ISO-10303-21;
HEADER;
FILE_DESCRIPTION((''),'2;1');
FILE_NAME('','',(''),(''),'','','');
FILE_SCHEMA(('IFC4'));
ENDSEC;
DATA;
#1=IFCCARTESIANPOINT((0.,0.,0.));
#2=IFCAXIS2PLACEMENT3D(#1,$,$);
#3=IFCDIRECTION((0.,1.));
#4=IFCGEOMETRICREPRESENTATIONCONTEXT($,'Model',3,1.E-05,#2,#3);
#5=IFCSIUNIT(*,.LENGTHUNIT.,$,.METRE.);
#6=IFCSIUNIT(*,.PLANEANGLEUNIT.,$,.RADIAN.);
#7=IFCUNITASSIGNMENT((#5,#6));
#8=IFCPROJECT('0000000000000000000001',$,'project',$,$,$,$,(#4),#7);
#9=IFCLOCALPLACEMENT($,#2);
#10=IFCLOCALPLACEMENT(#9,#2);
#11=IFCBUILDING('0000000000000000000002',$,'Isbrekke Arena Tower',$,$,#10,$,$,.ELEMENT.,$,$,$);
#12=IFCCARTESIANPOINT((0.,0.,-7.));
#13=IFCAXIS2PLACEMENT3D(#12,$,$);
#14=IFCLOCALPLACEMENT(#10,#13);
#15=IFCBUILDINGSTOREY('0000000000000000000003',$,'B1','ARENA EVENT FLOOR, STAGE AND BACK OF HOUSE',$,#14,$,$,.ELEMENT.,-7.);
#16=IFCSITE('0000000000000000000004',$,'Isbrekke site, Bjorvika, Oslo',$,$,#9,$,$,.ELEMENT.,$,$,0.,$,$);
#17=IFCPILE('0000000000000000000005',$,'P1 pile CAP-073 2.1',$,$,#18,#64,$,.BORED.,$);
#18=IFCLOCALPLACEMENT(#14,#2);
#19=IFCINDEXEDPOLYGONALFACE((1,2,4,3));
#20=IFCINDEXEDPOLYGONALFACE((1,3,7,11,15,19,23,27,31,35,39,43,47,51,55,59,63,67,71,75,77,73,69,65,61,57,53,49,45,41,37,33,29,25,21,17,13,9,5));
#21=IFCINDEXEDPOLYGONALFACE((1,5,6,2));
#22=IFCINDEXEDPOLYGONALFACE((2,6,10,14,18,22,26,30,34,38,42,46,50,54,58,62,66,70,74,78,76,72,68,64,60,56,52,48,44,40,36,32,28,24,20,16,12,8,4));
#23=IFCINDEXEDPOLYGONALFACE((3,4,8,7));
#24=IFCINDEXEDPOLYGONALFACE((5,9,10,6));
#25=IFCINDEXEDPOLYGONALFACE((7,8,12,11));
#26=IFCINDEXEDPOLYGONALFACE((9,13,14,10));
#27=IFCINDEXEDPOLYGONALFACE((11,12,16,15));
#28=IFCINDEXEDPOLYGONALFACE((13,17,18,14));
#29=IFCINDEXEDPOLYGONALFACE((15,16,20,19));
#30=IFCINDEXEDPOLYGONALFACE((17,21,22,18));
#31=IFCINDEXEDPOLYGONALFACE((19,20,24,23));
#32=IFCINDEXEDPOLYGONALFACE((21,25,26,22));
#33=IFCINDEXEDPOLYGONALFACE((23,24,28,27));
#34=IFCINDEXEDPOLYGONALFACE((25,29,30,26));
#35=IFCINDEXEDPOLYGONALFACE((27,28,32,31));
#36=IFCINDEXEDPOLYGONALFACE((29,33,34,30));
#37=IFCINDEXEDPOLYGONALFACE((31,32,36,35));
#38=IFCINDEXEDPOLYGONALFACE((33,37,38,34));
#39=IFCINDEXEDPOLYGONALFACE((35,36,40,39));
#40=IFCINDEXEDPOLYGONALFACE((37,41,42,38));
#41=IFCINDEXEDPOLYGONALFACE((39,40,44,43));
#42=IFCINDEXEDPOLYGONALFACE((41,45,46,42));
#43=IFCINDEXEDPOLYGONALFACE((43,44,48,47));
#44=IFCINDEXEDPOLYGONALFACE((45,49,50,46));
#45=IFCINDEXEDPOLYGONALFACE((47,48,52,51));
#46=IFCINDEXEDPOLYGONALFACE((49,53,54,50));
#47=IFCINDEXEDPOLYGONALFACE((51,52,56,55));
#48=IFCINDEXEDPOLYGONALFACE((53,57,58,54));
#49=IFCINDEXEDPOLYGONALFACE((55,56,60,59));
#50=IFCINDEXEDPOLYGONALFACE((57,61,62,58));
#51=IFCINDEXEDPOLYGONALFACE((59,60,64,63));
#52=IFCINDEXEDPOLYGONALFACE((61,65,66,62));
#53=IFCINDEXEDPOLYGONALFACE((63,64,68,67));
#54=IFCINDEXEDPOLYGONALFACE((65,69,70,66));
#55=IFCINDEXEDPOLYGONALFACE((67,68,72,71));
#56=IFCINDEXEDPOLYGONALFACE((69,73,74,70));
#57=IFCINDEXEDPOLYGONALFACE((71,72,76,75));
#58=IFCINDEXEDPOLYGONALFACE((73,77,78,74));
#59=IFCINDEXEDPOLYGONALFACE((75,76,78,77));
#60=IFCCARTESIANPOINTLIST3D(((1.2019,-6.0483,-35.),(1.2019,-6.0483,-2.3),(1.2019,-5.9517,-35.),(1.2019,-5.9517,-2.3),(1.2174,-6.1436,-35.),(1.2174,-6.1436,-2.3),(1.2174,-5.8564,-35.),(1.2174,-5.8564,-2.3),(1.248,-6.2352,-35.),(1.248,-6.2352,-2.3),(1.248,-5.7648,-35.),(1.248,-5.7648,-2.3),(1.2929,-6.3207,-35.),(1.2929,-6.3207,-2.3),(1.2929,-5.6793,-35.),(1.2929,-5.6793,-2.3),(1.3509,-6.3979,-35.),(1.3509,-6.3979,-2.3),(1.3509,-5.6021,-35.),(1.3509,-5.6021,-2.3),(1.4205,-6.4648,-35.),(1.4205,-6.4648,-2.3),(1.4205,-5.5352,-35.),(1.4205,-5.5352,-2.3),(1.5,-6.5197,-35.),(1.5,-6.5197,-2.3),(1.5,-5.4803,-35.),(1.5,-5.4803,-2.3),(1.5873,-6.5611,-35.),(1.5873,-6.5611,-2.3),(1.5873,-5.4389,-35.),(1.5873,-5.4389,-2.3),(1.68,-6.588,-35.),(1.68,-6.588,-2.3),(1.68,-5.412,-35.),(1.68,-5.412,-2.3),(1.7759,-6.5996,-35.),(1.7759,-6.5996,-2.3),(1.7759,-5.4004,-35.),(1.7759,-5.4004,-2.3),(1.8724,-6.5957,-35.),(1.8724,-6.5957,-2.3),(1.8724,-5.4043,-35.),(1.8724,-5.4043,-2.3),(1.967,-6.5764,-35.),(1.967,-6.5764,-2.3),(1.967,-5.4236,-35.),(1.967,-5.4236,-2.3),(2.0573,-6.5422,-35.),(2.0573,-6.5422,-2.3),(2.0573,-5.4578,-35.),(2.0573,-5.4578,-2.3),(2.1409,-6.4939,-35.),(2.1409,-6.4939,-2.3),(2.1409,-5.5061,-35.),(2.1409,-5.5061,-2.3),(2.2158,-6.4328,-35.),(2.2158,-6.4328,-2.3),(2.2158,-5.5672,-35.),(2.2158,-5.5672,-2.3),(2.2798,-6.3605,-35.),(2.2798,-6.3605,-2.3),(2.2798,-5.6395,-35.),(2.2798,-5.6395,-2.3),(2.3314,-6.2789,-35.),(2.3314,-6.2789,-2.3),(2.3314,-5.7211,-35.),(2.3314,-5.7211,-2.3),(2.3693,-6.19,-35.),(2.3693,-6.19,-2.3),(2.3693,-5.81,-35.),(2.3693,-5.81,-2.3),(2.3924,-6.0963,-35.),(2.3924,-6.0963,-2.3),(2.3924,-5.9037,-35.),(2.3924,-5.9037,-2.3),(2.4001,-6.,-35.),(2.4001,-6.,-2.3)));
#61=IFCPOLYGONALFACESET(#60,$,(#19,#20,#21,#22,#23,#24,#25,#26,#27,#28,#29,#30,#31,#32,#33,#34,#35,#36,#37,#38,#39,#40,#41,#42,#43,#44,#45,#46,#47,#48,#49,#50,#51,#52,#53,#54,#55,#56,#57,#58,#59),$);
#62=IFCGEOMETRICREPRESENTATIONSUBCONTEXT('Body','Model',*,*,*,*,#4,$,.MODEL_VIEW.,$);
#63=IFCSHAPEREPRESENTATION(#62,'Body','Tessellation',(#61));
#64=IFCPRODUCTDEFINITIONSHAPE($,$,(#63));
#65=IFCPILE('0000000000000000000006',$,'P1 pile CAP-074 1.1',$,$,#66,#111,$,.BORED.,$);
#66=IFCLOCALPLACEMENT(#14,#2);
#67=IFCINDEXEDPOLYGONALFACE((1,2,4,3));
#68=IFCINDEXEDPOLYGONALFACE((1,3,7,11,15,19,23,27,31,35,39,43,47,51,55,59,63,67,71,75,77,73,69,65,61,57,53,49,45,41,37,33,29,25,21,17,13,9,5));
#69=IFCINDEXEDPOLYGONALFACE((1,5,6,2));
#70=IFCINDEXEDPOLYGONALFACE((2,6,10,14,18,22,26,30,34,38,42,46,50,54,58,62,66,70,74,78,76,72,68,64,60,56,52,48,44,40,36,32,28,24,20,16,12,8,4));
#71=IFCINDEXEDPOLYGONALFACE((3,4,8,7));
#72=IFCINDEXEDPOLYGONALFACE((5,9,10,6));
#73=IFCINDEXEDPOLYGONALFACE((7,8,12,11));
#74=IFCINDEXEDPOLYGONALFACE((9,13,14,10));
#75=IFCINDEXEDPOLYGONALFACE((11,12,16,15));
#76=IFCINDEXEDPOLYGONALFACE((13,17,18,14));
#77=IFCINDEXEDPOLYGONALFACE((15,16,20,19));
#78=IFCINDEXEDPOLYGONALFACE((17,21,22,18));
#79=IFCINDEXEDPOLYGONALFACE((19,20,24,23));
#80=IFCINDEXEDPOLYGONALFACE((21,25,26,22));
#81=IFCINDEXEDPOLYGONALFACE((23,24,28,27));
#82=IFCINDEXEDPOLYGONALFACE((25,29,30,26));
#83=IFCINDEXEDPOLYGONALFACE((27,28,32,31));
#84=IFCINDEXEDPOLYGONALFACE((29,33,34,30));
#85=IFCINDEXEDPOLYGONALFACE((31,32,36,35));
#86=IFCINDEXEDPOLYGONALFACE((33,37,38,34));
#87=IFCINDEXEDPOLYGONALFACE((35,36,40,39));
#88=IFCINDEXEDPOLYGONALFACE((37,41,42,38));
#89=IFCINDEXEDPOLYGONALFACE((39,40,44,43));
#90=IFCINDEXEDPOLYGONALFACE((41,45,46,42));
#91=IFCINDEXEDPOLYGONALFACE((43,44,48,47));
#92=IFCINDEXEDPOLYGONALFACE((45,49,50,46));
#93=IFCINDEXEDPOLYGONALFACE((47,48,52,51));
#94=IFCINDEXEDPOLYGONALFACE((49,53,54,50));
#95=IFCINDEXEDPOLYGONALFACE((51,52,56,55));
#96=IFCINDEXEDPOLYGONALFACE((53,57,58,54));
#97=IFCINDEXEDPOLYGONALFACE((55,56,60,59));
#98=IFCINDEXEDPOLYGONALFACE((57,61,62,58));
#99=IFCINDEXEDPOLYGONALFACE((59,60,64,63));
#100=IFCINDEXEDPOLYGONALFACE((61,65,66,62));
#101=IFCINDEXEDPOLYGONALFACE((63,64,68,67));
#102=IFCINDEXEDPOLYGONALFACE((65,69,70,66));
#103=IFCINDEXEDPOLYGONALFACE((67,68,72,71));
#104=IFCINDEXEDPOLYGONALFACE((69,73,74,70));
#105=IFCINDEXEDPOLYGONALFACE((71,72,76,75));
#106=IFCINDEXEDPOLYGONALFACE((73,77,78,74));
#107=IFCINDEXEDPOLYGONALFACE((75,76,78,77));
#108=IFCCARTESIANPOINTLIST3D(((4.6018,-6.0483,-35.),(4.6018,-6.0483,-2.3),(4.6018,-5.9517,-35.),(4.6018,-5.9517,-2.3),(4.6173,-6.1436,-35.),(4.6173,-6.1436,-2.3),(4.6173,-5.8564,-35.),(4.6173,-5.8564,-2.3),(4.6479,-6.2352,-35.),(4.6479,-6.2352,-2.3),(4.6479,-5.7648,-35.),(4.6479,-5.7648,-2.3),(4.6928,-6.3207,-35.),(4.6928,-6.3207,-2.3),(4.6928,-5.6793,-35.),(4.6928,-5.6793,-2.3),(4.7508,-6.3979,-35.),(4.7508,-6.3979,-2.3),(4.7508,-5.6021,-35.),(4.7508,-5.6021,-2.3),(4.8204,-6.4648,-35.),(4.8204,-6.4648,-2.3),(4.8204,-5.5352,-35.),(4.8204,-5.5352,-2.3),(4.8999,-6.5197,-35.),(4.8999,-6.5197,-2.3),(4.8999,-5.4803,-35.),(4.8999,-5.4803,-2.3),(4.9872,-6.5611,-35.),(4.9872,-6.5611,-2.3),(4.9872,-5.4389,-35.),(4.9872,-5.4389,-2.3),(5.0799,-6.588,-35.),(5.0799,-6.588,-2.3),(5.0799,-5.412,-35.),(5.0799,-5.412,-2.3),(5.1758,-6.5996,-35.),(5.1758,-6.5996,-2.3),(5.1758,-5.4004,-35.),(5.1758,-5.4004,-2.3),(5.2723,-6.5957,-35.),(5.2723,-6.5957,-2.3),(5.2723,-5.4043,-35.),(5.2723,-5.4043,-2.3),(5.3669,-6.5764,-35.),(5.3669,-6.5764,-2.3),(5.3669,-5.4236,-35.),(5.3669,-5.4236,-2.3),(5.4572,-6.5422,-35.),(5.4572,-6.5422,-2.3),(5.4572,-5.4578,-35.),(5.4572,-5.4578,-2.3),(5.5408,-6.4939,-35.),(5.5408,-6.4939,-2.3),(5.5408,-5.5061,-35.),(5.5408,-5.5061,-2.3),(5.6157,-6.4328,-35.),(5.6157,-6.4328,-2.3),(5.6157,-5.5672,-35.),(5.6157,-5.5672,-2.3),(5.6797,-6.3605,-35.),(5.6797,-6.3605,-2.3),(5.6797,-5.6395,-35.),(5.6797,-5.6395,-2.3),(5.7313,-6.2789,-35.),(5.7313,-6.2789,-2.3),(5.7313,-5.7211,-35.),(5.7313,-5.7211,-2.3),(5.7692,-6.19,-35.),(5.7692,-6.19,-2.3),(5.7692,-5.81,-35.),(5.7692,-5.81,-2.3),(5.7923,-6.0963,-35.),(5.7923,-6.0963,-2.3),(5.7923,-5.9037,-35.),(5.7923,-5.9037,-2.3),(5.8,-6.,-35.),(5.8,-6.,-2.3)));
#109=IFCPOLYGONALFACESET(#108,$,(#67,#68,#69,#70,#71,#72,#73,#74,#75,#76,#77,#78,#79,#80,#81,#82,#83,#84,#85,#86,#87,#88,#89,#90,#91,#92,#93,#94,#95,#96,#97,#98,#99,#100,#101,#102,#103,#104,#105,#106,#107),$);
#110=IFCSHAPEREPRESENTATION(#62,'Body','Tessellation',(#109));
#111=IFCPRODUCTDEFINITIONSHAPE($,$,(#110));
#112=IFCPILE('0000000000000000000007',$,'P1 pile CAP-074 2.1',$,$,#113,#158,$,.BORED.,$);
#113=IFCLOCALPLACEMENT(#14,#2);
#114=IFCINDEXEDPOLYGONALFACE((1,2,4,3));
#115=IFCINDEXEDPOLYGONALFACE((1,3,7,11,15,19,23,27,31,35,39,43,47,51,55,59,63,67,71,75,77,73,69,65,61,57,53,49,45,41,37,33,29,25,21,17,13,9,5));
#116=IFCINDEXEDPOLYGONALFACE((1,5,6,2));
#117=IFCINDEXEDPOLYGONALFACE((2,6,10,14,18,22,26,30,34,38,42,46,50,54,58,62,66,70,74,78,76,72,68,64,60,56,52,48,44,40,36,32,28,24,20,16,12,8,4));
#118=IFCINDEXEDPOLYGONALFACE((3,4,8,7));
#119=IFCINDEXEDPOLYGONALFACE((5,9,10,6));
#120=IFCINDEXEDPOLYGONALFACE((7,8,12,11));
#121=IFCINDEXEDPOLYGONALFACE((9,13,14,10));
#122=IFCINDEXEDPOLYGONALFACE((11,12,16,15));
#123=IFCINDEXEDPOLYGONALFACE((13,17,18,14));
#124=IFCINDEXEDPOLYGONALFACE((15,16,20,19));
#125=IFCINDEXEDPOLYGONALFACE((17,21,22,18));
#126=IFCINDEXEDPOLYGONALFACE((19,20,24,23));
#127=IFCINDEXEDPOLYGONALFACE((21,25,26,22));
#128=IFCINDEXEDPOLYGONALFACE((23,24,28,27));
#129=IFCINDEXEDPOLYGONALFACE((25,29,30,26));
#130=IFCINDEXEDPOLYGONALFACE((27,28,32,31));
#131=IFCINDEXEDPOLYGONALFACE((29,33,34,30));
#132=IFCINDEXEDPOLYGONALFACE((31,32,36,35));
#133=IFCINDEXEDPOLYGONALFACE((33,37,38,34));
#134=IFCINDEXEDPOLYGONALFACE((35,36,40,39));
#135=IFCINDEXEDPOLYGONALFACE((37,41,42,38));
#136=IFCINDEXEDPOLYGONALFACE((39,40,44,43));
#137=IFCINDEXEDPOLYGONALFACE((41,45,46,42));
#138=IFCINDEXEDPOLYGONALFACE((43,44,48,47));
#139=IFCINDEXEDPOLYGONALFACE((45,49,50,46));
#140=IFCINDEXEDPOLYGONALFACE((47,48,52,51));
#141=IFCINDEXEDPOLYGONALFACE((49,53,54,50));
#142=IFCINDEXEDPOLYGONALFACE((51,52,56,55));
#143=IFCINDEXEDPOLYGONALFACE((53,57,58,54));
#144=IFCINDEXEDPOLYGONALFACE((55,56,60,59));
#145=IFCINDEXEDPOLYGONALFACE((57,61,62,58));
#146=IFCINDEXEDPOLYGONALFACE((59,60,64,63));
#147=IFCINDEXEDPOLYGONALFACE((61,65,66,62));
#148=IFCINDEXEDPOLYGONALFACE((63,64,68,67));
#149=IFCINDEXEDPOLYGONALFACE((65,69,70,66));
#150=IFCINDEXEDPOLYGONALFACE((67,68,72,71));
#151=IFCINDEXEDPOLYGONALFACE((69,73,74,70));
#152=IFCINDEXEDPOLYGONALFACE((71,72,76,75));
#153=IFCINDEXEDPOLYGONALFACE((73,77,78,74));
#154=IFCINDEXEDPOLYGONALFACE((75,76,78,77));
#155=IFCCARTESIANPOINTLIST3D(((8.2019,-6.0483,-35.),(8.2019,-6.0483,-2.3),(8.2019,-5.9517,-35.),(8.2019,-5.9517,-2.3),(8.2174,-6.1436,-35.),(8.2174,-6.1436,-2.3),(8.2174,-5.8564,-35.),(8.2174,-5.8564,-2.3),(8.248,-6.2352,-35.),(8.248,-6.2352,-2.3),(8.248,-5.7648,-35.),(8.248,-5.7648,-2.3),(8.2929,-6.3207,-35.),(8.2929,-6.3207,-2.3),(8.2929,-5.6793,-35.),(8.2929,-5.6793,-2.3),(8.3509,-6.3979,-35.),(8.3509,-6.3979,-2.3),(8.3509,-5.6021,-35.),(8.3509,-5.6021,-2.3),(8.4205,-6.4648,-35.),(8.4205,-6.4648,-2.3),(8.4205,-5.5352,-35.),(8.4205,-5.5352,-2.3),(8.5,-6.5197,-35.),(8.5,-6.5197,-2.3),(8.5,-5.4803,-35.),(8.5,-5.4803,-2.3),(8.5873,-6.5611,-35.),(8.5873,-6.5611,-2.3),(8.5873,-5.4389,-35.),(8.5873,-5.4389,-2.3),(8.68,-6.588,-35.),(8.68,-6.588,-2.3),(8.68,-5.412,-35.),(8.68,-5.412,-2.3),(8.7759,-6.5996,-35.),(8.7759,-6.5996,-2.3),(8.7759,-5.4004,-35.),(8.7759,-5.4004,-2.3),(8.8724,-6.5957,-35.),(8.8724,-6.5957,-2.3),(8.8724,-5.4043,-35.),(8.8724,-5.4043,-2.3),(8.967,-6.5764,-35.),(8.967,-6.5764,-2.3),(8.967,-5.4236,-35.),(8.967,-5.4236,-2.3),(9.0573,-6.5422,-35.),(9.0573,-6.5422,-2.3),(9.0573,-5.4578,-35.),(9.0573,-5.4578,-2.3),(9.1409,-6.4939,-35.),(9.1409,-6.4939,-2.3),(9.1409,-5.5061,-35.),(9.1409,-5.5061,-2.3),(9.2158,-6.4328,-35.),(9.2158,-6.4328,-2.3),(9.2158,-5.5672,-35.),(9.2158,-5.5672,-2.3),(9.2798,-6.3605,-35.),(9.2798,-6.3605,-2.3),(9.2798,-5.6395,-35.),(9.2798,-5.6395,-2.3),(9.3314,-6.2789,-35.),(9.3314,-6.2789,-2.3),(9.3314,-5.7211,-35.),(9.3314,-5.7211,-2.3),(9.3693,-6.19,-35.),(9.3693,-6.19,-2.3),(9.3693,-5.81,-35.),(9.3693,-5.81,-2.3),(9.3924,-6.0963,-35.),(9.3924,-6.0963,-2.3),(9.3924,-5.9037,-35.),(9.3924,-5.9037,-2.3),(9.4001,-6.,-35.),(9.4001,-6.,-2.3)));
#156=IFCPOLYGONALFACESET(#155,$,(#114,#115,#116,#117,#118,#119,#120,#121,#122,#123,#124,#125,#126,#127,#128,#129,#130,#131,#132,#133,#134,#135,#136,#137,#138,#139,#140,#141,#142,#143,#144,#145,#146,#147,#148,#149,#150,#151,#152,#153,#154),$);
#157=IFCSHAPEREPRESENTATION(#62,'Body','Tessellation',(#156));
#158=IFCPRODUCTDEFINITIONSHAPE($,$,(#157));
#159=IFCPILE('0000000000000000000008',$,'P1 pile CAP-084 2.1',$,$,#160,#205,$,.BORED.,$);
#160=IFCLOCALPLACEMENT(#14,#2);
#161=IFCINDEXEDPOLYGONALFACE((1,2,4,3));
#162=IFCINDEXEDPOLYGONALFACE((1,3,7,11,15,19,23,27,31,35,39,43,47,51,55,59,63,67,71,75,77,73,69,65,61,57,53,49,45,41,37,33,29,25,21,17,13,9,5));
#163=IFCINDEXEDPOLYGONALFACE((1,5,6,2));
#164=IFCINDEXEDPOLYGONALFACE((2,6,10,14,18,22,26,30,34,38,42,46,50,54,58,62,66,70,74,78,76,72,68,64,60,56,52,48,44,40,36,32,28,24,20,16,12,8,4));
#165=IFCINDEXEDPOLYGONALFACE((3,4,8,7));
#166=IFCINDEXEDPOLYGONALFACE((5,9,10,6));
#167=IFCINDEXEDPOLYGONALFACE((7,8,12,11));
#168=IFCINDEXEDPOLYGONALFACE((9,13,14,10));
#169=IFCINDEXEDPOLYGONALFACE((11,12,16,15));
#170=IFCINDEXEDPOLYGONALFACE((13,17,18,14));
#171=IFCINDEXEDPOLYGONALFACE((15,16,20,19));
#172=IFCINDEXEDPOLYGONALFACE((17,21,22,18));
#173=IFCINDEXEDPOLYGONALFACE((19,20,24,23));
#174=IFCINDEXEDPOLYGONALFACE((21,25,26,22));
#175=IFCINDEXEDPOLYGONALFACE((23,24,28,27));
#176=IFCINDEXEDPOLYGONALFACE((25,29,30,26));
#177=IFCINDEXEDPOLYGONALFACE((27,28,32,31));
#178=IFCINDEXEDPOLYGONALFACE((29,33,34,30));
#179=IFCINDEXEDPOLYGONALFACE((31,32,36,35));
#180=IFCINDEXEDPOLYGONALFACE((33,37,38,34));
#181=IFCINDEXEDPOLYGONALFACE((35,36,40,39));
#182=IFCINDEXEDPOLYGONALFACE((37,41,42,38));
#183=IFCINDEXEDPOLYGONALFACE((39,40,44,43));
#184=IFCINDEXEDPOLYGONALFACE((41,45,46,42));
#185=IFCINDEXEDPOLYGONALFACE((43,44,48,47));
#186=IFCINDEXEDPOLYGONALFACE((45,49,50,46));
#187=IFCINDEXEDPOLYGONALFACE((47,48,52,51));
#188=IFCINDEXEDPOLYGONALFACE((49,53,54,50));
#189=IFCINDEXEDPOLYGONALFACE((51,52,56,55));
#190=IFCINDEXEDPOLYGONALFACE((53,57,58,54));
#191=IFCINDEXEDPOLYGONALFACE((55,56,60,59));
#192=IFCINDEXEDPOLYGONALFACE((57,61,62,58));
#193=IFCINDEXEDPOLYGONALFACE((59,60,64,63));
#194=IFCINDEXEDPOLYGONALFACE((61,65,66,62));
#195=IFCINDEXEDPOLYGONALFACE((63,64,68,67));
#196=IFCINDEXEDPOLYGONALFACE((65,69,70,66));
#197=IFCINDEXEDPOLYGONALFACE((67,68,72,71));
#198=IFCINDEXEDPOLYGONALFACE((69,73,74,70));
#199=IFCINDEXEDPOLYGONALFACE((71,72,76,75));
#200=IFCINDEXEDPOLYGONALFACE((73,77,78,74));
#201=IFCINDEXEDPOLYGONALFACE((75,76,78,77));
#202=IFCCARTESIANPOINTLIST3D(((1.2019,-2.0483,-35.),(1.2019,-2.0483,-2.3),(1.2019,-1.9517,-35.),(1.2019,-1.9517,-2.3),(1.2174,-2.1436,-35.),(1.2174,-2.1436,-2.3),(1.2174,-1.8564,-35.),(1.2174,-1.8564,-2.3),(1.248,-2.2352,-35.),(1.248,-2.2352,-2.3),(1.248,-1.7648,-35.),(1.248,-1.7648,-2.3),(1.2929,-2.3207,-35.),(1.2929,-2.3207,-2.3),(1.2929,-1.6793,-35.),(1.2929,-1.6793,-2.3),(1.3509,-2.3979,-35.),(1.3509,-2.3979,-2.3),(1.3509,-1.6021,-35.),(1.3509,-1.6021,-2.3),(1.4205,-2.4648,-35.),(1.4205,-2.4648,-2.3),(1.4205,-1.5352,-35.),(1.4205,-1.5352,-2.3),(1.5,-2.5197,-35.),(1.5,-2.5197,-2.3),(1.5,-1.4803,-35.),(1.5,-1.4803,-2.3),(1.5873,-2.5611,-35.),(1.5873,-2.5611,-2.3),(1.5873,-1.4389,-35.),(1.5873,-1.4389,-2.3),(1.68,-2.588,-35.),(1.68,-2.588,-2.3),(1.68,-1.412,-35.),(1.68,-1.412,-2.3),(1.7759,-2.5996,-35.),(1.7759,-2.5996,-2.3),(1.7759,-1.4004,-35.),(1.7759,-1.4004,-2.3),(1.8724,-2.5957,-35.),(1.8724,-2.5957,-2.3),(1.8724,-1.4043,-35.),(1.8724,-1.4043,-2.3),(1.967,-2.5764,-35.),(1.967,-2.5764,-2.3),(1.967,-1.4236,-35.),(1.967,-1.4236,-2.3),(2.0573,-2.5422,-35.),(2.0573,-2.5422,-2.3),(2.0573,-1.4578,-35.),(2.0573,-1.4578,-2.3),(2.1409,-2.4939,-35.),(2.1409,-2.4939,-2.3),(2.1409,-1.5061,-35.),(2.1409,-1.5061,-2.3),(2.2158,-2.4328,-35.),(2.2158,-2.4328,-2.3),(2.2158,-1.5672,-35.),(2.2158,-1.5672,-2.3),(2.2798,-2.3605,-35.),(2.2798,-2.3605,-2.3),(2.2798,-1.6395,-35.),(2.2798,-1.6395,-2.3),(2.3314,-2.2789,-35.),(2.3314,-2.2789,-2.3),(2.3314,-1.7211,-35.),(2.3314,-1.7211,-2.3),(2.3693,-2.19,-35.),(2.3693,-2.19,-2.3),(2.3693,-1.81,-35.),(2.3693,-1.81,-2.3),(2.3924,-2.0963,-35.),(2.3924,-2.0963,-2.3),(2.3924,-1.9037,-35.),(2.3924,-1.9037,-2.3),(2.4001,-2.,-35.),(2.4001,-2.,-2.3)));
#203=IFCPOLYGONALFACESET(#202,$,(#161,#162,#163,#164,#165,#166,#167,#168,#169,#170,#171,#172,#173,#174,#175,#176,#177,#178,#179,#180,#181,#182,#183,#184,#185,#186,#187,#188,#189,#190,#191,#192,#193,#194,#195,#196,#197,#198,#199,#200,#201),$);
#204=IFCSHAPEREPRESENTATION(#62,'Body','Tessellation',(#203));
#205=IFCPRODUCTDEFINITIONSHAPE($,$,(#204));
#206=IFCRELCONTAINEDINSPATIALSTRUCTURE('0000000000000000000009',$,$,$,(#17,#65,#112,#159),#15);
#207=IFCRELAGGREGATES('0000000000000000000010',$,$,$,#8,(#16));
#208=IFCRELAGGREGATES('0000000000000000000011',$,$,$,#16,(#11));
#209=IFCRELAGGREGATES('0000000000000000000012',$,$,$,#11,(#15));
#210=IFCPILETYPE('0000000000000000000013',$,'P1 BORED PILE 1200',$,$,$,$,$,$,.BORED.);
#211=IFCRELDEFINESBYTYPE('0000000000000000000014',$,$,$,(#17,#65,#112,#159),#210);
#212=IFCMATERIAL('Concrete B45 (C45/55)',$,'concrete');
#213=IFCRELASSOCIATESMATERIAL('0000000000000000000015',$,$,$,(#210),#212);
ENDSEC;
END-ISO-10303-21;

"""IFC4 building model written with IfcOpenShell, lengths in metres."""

from ifc_helpers import new_model, si_unit, direction, frame, origin, origin_2d, place, context, subcontext, project, spatial, circle, extrude, material, material_profile, profile_set, type_object, element, save


model = new_model("IFC4")

# Units and contexts
model_context = context("Model", 3, precision=1e-05, world=origin(), true_north=direction((0.0, 1.0)))
body_context = subcontext(model_context, "Body", "Model", "MODEL_VIEW")
ifc_project = project(units=[si_unit("LENGTHUNIT", "METRE"), si_unit("PLANEANGLEUNIT", "RADIAN")], contexts=[model_context])

# Site, building, storey
site_placement = place(None, origin())
site = spatial("IfcSite", under=ifc_project, at=site_placement, Name="Isbrekke site, Bjorvika, Oslo", CompositionType="ELEMENT", RefElevation=0.0)
building_placement = place(site_placement, origin())
building = spatial("IfcBuilding", under=site, at=building_placement, Name="Isbrekke Arena Tower", CompositionType="ELEMENT")
storey_placement = place(building_placement, frame((0.0, 0.0, -7.0)))
storey = spatial("IfcBuildingStorey", under=building, at=storey_placement, Name="B1", Description="ARENA EVENT FLOOR, STAGE AND BACK OF HOUSE", CompositionType="ELEMENT", Elevation=-7.0)

# Piles
ifc_material_1 = material(Name="Concrete B45 (C45/55)", Category="concrete")
ifc_material_profile_1 = material_profile(ifc_material_1, circle(Radius=0.6001, at=origin_2d()), Name="BORED PILE D1200")
ifc_profile_set_1 = profile_set([ifc_material_profile_1], Name="Concrete B45 (C45/55)")
pile_type = type_object("IfcPileType", Name="P1 BORED PILE 1200", PredefinedType="BORED", material=ifc_profile_set_1)
for number, where, z_axis, x_axis, name in (
    (1, (1.8, -6.0, -2.3), (0.0, 0.0, -1.0), (1.0, 0.0, 0.0), "P1 pile CAP-073 2.1"),
    (2, (5.2, -6.0, -2.3), (0.0, 0.0, -1.0), (1.0, 0.0, 0.0), "P1 pile CAP-074 1.1"),
    (3, (8.8, -6.0, -2.3), (0.0, 0.0, -1.0), (1.0, 0.0, 0.0), "P1 pile CAP-074 2.1"),
    (4, (1.8, -2.0, -2.3), (0.0, 0.0, -1.0), (1.0, 0.0, 0.0), "P1 pile CAP-084 2.1"),
):
    element("IfcPile", number, at=place(storey_placement, frame(where, z_axis=z_axis, x_axis=x_axis)), inside=storey, type_object=pile_type, Name=name, PredefinedType="BORED", context=body_context, shape_type="SweptSolid", body=[
        extrude(circle(Radius=0.6001, at=origin_2d()), origin(), (0.0, 0.0, 1.0), 32.7),
    ])

save(model, "model.ifc")
